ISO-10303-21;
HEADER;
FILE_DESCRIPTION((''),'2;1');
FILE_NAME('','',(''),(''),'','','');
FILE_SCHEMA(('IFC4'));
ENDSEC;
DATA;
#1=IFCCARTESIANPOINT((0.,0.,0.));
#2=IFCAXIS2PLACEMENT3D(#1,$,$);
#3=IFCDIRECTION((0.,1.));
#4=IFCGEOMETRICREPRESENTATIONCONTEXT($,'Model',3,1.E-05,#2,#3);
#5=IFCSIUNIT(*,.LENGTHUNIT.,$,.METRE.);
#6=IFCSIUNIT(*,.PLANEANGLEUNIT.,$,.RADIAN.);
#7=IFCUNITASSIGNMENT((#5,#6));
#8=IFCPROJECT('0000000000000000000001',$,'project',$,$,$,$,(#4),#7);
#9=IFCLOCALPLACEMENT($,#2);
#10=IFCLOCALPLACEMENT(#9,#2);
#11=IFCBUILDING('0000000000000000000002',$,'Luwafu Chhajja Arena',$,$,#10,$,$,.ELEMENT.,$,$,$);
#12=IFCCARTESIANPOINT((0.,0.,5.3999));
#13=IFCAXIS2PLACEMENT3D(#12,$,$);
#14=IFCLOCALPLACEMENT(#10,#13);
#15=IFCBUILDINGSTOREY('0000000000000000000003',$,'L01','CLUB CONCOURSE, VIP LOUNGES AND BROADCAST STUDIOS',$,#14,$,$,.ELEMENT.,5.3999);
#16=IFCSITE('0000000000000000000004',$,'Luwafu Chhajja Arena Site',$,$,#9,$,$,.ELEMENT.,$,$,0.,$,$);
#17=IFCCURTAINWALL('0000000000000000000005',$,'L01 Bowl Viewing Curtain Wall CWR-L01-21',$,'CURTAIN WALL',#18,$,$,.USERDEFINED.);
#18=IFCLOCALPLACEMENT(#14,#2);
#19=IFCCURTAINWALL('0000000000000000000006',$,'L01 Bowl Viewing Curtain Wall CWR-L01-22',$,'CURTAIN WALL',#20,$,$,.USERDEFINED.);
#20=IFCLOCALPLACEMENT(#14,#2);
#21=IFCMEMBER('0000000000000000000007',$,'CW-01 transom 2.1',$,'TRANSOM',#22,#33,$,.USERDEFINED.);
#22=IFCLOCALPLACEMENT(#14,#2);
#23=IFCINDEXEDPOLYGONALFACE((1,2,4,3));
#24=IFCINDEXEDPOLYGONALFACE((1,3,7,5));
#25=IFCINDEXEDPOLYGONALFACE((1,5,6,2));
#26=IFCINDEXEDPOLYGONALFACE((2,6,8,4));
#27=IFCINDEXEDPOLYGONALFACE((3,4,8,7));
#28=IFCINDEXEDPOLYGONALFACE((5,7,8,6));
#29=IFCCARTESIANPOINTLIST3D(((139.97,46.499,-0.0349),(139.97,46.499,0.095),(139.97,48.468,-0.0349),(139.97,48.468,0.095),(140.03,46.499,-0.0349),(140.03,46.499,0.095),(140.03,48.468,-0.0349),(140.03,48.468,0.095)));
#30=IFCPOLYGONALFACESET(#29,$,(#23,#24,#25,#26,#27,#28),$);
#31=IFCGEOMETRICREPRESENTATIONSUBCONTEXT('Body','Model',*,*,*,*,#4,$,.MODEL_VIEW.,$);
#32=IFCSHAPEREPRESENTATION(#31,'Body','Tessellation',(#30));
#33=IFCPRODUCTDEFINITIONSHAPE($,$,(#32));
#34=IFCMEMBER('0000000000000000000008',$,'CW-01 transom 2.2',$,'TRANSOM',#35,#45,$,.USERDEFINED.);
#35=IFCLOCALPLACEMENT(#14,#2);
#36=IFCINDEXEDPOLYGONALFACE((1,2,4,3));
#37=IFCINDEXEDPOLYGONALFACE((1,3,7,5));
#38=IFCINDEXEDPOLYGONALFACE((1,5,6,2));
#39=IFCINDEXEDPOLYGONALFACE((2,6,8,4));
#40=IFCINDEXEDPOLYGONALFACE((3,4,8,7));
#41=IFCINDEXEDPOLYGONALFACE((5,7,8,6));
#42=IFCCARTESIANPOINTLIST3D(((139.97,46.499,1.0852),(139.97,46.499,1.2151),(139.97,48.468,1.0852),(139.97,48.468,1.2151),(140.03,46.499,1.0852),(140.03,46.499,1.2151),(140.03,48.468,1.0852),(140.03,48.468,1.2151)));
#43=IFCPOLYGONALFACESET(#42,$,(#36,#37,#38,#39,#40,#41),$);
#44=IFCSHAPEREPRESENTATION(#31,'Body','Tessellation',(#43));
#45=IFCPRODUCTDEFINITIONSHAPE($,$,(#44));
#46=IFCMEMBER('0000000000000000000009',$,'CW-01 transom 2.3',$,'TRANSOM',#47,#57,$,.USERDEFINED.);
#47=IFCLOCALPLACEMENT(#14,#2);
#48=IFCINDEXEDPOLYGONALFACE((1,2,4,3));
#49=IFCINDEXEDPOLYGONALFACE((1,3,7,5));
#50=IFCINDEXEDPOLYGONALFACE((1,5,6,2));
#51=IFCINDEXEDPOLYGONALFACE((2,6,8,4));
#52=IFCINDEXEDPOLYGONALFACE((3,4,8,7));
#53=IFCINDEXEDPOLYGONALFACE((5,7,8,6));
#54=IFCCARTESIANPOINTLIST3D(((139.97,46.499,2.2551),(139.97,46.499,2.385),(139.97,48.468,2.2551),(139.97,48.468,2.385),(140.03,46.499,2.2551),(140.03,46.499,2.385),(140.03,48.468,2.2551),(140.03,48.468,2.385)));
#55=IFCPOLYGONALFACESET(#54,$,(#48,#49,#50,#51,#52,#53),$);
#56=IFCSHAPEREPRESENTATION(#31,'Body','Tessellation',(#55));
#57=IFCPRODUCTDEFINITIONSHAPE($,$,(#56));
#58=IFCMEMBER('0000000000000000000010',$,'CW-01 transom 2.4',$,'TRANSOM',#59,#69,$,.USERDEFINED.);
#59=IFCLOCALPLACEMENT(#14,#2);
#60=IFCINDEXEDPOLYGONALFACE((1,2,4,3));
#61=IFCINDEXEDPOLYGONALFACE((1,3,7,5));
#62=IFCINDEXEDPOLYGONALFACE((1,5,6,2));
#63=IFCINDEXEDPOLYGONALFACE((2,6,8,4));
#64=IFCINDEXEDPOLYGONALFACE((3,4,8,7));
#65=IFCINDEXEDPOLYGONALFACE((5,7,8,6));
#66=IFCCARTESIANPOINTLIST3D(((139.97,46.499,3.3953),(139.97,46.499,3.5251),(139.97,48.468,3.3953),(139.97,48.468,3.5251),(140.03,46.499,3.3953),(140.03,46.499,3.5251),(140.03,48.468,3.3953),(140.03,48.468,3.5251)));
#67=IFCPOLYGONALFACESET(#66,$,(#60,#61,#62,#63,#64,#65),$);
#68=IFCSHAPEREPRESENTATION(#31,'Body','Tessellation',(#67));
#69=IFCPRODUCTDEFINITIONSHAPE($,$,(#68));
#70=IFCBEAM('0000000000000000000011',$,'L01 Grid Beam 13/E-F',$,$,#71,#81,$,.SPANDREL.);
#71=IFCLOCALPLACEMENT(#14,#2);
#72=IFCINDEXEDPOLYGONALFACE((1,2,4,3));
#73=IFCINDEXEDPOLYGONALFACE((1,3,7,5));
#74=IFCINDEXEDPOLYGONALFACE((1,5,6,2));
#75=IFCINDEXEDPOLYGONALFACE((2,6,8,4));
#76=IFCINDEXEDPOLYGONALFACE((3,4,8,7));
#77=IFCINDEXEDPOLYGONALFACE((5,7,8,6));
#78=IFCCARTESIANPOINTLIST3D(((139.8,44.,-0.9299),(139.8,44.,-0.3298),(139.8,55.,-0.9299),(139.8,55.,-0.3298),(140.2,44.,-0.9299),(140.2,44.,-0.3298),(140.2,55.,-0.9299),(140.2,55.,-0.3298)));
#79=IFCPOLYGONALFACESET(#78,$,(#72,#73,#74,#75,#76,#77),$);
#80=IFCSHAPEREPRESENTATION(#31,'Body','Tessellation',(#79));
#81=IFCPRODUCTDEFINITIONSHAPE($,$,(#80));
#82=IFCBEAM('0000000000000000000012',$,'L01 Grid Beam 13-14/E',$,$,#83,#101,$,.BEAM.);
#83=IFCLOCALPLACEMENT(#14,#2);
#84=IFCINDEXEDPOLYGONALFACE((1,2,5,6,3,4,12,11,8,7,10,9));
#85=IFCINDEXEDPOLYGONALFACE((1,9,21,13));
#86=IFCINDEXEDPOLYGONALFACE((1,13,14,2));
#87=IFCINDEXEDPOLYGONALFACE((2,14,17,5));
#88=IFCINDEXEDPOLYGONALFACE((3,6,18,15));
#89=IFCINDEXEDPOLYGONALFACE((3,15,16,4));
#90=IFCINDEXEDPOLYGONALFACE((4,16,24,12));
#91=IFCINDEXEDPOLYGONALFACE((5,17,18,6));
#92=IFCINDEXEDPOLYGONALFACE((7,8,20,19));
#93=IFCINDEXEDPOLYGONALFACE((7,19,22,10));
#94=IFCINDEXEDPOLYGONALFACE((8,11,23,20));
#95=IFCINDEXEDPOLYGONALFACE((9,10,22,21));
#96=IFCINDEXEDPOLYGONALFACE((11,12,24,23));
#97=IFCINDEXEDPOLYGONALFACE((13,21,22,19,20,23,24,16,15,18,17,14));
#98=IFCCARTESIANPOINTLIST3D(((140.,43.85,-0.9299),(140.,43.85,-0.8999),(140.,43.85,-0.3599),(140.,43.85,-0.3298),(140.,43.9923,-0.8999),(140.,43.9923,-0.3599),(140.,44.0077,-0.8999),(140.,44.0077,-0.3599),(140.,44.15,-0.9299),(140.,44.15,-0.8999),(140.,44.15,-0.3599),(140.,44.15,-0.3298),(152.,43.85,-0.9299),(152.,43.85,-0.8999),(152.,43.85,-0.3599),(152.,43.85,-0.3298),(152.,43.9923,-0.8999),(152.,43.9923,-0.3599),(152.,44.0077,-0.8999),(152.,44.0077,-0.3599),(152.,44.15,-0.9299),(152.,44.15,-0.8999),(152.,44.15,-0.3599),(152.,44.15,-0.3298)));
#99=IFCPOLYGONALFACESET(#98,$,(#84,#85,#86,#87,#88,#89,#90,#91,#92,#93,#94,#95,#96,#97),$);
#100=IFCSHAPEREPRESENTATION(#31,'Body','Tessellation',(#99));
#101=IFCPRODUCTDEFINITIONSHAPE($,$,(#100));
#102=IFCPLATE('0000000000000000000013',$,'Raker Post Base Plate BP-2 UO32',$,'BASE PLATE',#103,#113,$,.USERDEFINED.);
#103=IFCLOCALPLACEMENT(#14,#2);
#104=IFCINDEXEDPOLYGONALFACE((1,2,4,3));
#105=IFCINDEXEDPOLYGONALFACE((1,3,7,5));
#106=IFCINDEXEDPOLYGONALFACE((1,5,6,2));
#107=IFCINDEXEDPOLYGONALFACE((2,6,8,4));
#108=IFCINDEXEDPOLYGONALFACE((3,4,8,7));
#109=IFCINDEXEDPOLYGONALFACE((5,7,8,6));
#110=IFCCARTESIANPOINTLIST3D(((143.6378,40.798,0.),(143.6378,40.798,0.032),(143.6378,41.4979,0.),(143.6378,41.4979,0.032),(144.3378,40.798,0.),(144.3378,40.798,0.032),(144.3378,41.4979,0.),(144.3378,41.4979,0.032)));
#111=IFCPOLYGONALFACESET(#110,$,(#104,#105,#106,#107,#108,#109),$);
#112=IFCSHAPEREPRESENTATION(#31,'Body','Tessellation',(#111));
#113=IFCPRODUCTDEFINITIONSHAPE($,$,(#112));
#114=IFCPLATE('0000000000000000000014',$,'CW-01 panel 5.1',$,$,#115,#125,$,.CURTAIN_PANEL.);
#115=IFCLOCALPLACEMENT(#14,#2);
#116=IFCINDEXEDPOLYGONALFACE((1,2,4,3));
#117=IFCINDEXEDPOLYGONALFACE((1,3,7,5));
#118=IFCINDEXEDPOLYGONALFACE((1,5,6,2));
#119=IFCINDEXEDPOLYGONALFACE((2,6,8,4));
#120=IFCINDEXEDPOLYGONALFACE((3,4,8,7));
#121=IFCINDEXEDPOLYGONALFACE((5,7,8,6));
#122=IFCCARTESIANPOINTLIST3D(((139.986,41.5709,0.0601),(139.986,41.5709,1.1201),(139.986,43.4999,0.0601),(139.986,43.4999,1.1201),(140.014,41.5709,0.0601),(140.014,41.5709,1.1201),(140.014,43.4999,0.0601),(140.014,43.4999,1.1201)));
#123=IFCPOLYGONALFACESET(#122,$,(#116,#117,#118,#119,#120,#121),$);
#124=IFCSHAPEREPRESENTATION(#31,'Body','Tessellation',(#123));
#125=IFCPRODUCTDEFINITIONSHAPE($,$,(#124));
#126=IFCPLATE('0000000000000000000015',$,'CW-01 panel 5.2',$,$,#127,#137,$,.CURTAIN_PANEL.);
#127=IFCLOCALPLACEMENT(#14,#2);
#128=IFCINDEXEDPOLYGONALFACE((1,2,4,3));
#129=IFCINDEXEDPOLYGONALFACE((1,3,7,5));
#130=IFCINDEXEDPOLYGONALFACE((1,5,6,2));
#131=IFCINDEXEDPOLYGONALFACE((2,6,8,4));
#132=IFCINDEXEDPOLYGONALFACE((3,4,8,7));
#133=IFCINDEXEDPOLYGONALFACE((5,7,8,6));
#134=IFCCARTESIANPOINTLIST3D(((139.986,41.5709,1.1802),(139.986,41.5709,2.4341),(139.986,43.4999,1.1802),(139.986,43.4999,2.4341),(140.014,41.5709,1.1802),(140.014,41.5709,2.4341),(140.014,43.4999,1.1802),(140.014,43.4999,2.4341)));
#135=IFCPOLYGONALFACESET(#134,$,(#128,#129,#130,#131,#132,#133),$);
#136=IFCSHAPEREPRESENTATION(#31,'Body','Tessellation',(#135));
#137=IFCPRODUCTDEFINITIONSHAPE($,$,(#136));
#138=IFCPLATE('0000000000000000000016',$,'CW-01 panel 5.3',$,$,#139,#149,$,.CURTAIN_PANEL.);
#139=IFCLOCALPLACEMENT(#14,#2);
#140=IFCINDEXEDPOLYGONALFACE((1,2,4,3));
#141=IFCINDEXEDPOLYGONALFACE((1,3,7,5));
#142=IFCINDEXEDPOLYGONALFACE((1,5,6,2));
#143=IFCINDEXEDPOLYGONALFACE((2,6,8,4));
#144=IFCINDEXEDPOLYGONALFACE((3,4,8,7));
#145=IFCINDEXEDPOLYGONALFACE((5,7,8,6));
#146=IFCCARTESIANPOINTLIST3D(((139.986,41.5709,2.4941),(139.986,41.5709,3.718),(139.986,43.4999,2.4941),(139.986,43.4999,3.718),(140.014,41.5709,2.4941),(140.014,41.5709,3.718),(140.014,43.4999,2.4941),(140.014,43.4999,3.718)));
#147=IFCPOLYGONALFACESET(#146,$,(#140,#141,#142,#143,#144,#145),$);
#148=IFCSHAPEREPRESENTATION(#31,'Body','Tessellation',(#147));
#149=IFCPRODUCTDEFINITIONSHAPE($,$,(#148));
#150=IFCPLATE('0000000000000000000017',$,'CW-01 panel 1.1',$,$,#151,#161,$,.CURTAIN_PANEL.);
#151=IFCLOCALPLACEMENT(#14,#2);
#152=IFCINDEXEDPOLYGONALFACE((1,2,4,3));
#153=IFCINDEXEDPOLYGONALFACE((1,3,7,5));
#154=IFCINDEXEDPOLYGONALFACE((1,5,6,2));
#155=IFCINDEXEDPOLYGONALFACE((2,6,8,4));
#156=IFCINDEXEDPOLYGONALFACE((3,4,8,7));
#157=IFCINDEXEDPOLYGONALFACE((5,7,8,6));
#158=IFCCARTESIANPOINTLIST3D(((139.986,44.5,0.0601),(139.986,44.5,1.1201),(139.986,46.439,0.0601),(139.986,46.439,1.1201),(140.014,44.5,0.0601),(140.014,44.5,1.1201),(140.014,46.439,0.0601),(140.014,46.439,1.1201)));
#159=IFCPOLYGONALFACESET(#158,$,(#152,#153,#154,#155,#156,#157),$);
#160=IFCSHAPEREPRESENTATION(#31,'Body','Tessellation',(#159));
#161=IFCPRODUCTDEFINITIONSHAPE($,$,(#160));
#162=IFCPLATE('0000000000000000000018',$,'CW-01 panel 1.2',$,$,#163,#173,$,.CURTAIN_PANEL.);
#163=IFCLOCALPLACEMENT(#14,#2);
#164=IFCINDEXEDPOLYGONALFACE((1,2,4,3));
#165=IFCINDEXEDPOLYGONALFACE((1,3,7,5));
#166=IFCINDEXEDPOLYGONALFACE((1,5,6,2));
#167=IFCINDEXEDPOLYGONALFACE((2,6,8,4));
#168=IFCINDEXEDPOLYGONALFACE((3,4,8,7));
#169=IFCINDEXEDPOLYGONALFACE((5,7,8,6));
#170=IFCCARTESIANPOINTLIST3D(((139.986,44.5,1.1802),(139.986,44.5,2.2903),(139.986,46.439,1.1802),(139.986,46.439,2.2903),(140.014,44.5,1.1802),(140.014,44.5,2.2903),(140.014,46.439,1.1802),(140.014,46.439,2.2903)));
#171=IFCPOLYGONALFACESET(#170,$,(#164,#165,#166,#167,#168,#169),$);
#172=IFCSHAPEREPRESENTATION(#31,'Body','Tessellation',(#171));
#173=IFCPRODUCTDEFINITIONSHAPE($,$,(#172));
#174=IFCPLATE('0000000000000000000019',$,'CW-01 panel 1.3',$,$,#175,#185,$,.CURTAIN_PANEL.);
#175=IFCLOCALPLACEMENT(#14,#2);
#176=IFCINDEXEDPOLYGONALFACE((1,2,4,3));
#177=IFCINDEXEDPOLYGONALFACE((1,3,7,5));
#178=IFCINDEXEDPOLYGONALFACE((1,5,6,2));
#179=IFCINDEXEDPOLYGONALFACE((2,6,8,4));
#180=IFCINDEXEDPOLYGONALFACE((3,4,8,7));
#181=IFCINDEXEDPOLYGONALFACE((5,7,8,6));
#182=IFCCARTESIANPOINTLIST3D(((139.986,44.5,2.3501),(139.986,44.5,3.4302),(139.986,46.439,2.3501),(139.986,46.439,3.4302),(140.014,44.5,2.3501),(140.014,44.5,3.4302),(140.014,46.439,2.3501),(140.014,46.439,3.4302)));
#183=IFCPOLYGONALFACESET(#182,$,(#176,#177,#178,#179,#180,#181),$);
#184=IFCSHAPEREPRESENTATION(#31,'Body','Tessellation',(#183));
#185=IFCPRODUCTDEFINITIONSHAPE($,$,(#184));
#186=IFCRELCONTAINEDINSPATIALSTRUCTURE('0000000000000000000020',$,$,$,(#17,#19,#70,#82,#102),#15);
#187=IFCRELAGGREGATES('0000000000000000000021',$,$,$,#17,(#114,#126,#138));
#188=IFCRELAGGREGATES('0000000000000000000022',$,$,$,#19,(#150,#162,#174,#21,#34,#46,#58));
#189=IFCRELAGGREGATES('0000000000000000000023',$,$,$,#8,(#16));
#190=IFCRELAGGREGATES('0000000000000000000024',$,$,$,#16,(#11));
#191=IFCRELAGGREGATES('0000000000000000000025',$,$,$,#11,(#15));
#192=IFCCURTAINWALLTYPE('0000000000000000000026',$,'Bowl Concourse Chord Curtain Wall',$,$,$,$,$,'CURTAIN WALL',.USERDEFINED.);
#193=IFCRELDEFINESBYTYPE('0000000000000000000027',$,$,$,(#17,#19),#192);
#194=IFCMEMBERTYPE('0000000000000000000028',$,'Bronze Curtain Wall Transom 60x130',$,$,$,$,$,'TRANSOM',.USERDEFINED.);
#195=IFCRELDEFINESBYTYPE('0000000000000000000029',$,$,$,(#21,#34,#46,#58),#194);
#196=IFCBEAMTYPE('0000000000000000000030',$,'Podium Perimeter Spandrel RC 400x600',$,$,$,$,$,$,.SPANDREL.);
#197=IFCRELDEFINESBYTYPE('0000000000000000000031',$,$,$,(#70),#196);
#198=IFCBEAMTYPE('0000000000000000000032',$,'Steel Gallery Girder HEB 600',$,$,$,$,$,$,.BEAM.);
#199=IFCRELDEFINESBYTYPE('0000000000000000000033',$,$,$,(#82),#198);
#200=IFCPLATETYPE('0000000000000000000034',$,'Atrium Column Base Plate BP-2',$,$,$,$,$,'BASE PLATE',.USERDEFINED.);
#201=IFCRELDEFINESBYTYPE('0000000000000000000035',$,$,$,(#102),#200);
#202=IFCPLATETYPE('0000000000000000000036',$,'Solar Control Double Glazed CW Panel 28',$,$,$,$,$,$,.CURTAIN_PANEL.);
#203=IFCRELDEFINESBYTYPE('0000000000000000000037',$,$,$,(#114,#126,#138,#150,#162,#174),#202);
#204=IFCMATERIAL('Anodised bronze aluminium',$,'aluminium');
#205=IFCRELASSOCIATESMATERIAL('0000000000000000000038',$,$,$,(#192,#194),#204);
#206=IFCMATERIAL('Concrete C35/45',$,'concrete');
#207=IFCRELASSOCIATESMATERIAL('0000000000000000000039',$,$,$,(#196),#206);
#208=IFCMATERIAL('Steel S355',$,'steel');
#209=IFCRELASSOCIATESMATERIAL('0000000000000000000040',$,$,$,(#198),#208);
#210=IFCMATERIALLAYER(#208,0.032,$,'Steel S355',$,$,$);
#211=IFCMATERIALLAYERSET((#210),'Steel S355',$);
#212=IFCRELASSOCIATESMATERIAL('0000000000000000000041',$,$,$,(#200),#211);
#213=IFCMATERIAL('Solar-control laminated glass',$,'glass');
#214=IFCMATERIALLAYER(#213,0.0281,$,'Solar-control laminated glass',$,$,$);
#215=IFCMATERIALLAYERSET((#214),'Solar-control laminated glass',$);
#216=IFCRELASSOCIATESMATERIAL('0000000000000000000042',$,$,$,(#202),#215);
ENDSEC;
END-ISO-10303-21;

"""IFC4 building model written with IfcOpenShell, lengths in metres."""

from ifc_helpers import new_model, si_unit, direction, frame, origin, origin_2d, place, context, subcontext, project, spatial, rectangle, i_section, extrude, material, layer, layer_set, material_profile, profile_set, type_object, element, aggregate, save


model = new_model("IFC4")

# Units and contexts
model_context = context("Model", 3, precision=1e-05, world=origin(), true_north=direction((0.0, 1.0)))
body_context = subcontext(model_context, "Body", "Model", "MODEL_VIEW")
ifc_project = project(units=[si_unit("LENGTHUNIT", "METRE"), si_unit("PLANEANGLEUNIT", "RADIAN")], contexts=[model_context])

# Site, building, storey
site_placement = place(None, origin())
site = spatial("IfcSite", under=ifc_project, at=site_placement, Name="Luwafu Chhajja Arena Site", CompositionType="ELEMENT", RefElevation=0.0)
building_placement = place(site_placement, origin())
building = spatial("IfcBuilding", under=site, at=building_placement, Name="Luwafu Chhajja Arena", CompositionType="ELEMENT")
storey_placement = place(building_placement, frame((0.0, 0.0, 5.3999)))
storey = spatial("IfcBuildingStorey", under=building, at=storey_placement, Name="L01", Description="CLUB CONCOURSE, VIP LOUNGES AND BROADCAST STUDIOS", CompositionType="ELEMENT", Elevation=5.3999)

# Shared definitions
ifc_material_1 = material(Name="Concrete C35/45", Category="concrete")
ifc_material_2 = material(Name="Steel S355", Category="steel")

# Curtain walls
ifc_material_3 = material(Name="Anodised bronze aluminium", Category="aluminium")
curtain_wall_type = type_object("IfcCurtainWallType", Name="Bowl Concourse Chord Curtain Wall", ElementType="CURTAIN WALL", PredefinedType="USERDEFINED", material=ifc_material_3)
curtain_wall_1_placement = place(storey_placement, origin())
curtain_wall_1 = element("IfcCurtainWall", 1, at=curtain_wall_1_placement, inside=storey, type_object=curtain_wall_type, Name="L01 Bowl Viewing Curtain Wall CWR-L01-21", ObjectType="CURTAIN WALL", PredefinedType="USERDEFINED")
curtain_wall_2_placement = place(storey_placement, origin())
curtain_wall_2 = element("IfcCurtainWall", 2, at=curtain_wall_2_placement, inside=storey, type_object=curtain_wall_type, Name="L01 Bowl Viewing Curtain Wall CWR-L01-22", ObjectType="CURTAIN WALL", PredefinedType="USERDEFINED")

# Members
ifc_material_profile_1 = material_profile(ifc_material_3, rectangle(XDim=0.0601, YDim=0.1299, at=origin_2d()), Name="CWT 60x130")
ifc_profile_set_1 = profile_set([ifc_material_profile_1], Name="Anodised bronze aluminium")
member_type_1 = type_object("IfcMemberType", Name="Bronze Curtain Wall Transom 60x130", ElementType="TRANSOM", PredefinedType="USERDEFINED", material=ifc_profile_set_1)
member_1_placement = place(storey_placement, frame((140.0, 46.499, 0.03), z_axis=(0.0, 1.0, 0.0), x_axis=(-1.0, 0.0, 0.0)))
member_1 = element("IfcMember", 3, at=member_1_placement, type_object=member_type_1, Name="CW-01 transom 2.1", ObjectType="TRANSOM", PredefinedType="USERDEFINED", context=body_context, shape_type="SweptSolid", body=[
    extrude(rectangle(XDim=0.0601, YDim=0.1299, at=origin_2d()), origin(), (0.0, 0.0, 1.0), 1.969),
])
member_2_placement = place(storey_placement, frame((140.0, 46.499, 1.1501), z_axis=(0.0, 1.0, 0.0), x_axis=(-1.0, 0.0, 0.0)))
member_2 = element("IfcMember", 4, at=member_2_placement, type_object=member_type_1, Name="CW-01 transom 2.2", ObjectType="TRANSOM", PredefinedType="USERDEFINED", context=body_context, shape_type="SweptSolid", body=[
    extrude(rectangle(XDim=0.0601, YDim=0.1299, at=origin_2d()), origin(), (0.0, 0.0, 1.0), 1.969),
])
member_3_placement = place(storey_placement, frame((140.0, 46.499, 2.3201), z_axis=(0.0, 1.0, 0.0), x_axis=(-1.0, 0.0, 0.0)))
member_3 = element("IfcMember", 5, at=member_3_placement, type_object=member_type_1, Name="CW-01 transom 2.3", ObjectType="TRANSOM", PredefinedType="USERDEFINED", context=body_context, shape_type="SweptSolid", body=[
    extrude(rectangle(XDim=0.0601, YDim=0.1299, at=origin_2d()), origin(), (0.0, 0.0, 1.0), 1.969),
])
member_4_placement = place(storey_placement, frame((140.0, 46.499, 3.4602), z_axis=(0.0, 1.0, 0.0), x_axis=(-1.0, 0.0, 0.0)))
member_4 = element("IfcMember", 6, at=member_4_placement, type_object=member_type_1, Name="CW-01 transom 2.4", ObjectType="TRANSOM", PredefinedType="USERDEFINED", context=body_context, shape_type="SweptSolid", body=[
    extrude(rectangle(XDim=0.0601, YDim=0.1299, at=origin_2d()), origin(), (0.0, 0.0, 1.0), 1.969),
])

# Beams
ifc_material_profile_2 = material_profile(ifc_material_1, rectangle(XDim=0.3999, YDim=0.6001, at=origin_2d()), Name="RC 400x600")
ifc_profile_set_2 = profile_set([ifc_material_profile_2], Name="Concrete C35/45")
beam_type_1 = type_object("IfcBeamType", Name="Podium Perimeter Spandrel RC 400x600", PredefinedType="SPANDREL", material=ifc_profile_set_2)
beam_1_placement = place(storey_placement, frame((140.0, 44.0, -0.6299), z_axis=(0.0, 1.0, 0.0), x_axis=(-1.0, 0.0, 0.0)))
element("IfcBeam", 7, at=beam_1_placement, inside=storey, type_object=beam_type_1, Name="L01 Grid Beam 13/E-F", PredefinedType="SPANDREL", context=body_context, shape_type="SweptSolid", body=[
    extrude(rectangle(XDim=0.3999, YDim=0.6001, at=origin_2d()), origin(), (0.0, 0.0, 1.0), 11.0),
])
ifc_material_profile_3 = material_profile(ifc_material_2, i_section(OverallWidth=0.3, OverallDepth=0.6001, WebThickness=0.0154, FlangeThickness=0.03, at=origin_2d()), Name="HEB 600")
ifc_profile_set_3 = profile_set([ifc_material_profile_3], Name="Steel S355")
beam_type_2 = type_object("IfcBeamType", Name="Steel Gallery Girder HEB 600", PredefinedType="BEAM", material=ifc_profile_set_3)
beam_2_placement = place(storey_placement, frame((140.0, 44.0, -0.6299), z_axis=(1.0, 0.0, 0.0), x_axis=(0.0, 1.0, 0.0)))
element("IfcBeam", 8, at=beam_2_placement, inside=storey, type_object=beam_type_2, Name="L01 Grid Beam 13-14/E", PredefinedType="BEAM", context=body_context, shape_type="SweptSolid", body=[
    extrude(i_section(OverallWidth=0.3, OverallDepth=0.6001, WebThickness=0.0154, FlangeThickness=0.03, at=origin_2d()), origin(), (0.0, 0.0, 1.0), 12.0),
])

# Plates
ifc_layer_1 = layer(ifc_material_2, 0.032, Name="Steel S355")
ifc_layer_set_1 = layer_set([ifc_layer_1], Name="Steel S355")
plate_type_1 = type_object("IfcPlateType", Name="Atrium Column Base Plate BP-2", ElementType="BASE PLATE", PredefinedType="USERDEFINED", material=ifc_layer_set_1)
plate_1_placement = place(storey_placement, frame((143.9878, 41.1479, 0.0), z_axis=(0.0, 0.0, 1.0), x_axis=(1.0, 0.0, 0.0)))
element("IfcPlate", 9, at=plate_1_placement, inside=storey, type_object=plate_type_1, Name="Raker Post Base Plate BP-2 UO32", ObjectType="BASE PLATE", PredefinedType="USERDEFINED", context=body_context, shape_type="SweptSolid", body=[
    extrude(rectangle(XDim=0.7, YDim=0.7, at=origin_2d()), origin(), (0.0, 0.0, 1.0), 0.032),
])
ifc_material_4 = material(Name="Solar-control laminated glass", Category="glass")
ifc_layer_2 = layer(ifc_material_4, 0.0281, Name="Solar-control laminated glass")
ifc_layer_set_2 = layer_set([ifc_layer_2], Name="Solar-control laminated glass")
plate_type_2 = type_object("IfcPlateType", Name="Solar Control Double Glazed CW Panel 28", PredefinedType="CURTAIN_PANEL", material=ifc_layer_set_2)
plate_2_placement = place(storey_placement, frame((140.0, 42.5354, 0.0601), z_axis=(0.0, 0.0, 1.0), x_axis=(0.0, 1.0, 0.0)))
plate_2 = element("IfcPlate", 10, at=plate_2_placement, type_object=plate_type_2, Name="CW-01 panel 5.1", PredefinedType="CURTAIN_PANEL", context=body_context, shape_type="SweptSolid", body=[
    extrude(rectangle(XDim=1.929, YDim=0.0281, at=origin_2d()), origin(), (0.0, 0.0, 1.0), 1.0601),
])
plate_3_placement = place(storey_placement, frame((140.0, 42.5354, 1.1802), z_axis=(0.0, 0.0, 1.0), x_axis=(0.0, 1.0, 0.0)))
plate_3 = element("IfcPlate", 11, at=plate_3_placement, type_object=plate_type_2, Name="CW-01 panel 5.2", PredefinedType="CURTAIN_PANEL", context=body_context, shape_type="SweptSolid", body=[
    extrude(rectangle(XDim=1.929, YDim=0.0281, at=origin_2d()), origin(), (0.0, 0.0, 1.0), 1.2539),
])
plate_4_placement = place(storey_placement, frame((140.0, 42.5354, 2.4941), z_axis=(0.0, 0.0, 1.0), x_axis=(0.0, 1.0, 0.0)))
plate_4 = element("IfcPlate", 12, at=plate_4_placement, type_object=plate_type_2, Name="CW-01 panel 5.3", PredefinedType="CURTAIN_PANEL", context=body_context, shape_type="SweptSolid", body=[
    extrude(rectangle(XDim=1.929, YDim=0.0281, at=origin_2d()), origin(), (0.0, 0.0, 1.0), 1.2239),
])
aggregate(curtain_wall_1, [plate_2, plate_3, plate_4])
plate_5_placement = place(storey_placement, frame((140.0, 45.4695, 0.0601), z_axis=(0.0, 0.0, 1.0), x_axis=(0.0, 1.0, 0.0)))
plate_5 = element("IfcPlate", 13, at=plate_5_placement, type_object=plate_type_2, Name="CW-01 panel 1.1", PredefinedType="CURTAIN_PANEL", context=body_context, shape_type="SweptSolid", body=[
    extrude(rectangle(XDim=1.939, YDim=0.0281, at=origin_2d()), origin(), (0.0, 0.0, 1.0), 1.0601),
])
plate_6_placement = place(storey_placement, frame((140.0, 45.4695, 1.1802), z_axis=(0.0, 0.0, 1.0), x_axis=(0.0, 1.0, 0.0)))
plate_6 = element("IfcPlate", 14, at=plate_6_placement, type_object=plate_type_2, Name="CW-01 panel 1.2", PredefinedType="CURTAIN_PANEL", context=body_context, shape_type="SweptSolid", body=[
    extrude(rectangle(XDim=1.939, YDim=0.0281, at=origin_2d()), origin(), (0.0, 0.0, 1.0), 1.1101),
])
plate_7_placement = place(storey_placement, frame((140.0, 45.4695, 2.3501), z_axis=(0.0, 0.0, 1.0), x_axis=(0.0, 1.0, 0.0)))
plate_7 = element("IfcPlate", 15, at=plate_7_placement, type_object=plate_type_2, Name="CW-01 panel 1.3", PredefinedType="CURTAIN_PANEL", context=body_context, shape_type="SweptSolid", body=[
    extrude(rectangle(XDim=1.939, YDim=0.0281, at=origin_2d()), origin(), (0.0, 0.0, 1.0), 1.0801),
])
aggregate(curtain_wall_2, [plate_5, plate_6, plate_7, member_1, member_2, member_3, member_4])

save(model, "model.ifc")
